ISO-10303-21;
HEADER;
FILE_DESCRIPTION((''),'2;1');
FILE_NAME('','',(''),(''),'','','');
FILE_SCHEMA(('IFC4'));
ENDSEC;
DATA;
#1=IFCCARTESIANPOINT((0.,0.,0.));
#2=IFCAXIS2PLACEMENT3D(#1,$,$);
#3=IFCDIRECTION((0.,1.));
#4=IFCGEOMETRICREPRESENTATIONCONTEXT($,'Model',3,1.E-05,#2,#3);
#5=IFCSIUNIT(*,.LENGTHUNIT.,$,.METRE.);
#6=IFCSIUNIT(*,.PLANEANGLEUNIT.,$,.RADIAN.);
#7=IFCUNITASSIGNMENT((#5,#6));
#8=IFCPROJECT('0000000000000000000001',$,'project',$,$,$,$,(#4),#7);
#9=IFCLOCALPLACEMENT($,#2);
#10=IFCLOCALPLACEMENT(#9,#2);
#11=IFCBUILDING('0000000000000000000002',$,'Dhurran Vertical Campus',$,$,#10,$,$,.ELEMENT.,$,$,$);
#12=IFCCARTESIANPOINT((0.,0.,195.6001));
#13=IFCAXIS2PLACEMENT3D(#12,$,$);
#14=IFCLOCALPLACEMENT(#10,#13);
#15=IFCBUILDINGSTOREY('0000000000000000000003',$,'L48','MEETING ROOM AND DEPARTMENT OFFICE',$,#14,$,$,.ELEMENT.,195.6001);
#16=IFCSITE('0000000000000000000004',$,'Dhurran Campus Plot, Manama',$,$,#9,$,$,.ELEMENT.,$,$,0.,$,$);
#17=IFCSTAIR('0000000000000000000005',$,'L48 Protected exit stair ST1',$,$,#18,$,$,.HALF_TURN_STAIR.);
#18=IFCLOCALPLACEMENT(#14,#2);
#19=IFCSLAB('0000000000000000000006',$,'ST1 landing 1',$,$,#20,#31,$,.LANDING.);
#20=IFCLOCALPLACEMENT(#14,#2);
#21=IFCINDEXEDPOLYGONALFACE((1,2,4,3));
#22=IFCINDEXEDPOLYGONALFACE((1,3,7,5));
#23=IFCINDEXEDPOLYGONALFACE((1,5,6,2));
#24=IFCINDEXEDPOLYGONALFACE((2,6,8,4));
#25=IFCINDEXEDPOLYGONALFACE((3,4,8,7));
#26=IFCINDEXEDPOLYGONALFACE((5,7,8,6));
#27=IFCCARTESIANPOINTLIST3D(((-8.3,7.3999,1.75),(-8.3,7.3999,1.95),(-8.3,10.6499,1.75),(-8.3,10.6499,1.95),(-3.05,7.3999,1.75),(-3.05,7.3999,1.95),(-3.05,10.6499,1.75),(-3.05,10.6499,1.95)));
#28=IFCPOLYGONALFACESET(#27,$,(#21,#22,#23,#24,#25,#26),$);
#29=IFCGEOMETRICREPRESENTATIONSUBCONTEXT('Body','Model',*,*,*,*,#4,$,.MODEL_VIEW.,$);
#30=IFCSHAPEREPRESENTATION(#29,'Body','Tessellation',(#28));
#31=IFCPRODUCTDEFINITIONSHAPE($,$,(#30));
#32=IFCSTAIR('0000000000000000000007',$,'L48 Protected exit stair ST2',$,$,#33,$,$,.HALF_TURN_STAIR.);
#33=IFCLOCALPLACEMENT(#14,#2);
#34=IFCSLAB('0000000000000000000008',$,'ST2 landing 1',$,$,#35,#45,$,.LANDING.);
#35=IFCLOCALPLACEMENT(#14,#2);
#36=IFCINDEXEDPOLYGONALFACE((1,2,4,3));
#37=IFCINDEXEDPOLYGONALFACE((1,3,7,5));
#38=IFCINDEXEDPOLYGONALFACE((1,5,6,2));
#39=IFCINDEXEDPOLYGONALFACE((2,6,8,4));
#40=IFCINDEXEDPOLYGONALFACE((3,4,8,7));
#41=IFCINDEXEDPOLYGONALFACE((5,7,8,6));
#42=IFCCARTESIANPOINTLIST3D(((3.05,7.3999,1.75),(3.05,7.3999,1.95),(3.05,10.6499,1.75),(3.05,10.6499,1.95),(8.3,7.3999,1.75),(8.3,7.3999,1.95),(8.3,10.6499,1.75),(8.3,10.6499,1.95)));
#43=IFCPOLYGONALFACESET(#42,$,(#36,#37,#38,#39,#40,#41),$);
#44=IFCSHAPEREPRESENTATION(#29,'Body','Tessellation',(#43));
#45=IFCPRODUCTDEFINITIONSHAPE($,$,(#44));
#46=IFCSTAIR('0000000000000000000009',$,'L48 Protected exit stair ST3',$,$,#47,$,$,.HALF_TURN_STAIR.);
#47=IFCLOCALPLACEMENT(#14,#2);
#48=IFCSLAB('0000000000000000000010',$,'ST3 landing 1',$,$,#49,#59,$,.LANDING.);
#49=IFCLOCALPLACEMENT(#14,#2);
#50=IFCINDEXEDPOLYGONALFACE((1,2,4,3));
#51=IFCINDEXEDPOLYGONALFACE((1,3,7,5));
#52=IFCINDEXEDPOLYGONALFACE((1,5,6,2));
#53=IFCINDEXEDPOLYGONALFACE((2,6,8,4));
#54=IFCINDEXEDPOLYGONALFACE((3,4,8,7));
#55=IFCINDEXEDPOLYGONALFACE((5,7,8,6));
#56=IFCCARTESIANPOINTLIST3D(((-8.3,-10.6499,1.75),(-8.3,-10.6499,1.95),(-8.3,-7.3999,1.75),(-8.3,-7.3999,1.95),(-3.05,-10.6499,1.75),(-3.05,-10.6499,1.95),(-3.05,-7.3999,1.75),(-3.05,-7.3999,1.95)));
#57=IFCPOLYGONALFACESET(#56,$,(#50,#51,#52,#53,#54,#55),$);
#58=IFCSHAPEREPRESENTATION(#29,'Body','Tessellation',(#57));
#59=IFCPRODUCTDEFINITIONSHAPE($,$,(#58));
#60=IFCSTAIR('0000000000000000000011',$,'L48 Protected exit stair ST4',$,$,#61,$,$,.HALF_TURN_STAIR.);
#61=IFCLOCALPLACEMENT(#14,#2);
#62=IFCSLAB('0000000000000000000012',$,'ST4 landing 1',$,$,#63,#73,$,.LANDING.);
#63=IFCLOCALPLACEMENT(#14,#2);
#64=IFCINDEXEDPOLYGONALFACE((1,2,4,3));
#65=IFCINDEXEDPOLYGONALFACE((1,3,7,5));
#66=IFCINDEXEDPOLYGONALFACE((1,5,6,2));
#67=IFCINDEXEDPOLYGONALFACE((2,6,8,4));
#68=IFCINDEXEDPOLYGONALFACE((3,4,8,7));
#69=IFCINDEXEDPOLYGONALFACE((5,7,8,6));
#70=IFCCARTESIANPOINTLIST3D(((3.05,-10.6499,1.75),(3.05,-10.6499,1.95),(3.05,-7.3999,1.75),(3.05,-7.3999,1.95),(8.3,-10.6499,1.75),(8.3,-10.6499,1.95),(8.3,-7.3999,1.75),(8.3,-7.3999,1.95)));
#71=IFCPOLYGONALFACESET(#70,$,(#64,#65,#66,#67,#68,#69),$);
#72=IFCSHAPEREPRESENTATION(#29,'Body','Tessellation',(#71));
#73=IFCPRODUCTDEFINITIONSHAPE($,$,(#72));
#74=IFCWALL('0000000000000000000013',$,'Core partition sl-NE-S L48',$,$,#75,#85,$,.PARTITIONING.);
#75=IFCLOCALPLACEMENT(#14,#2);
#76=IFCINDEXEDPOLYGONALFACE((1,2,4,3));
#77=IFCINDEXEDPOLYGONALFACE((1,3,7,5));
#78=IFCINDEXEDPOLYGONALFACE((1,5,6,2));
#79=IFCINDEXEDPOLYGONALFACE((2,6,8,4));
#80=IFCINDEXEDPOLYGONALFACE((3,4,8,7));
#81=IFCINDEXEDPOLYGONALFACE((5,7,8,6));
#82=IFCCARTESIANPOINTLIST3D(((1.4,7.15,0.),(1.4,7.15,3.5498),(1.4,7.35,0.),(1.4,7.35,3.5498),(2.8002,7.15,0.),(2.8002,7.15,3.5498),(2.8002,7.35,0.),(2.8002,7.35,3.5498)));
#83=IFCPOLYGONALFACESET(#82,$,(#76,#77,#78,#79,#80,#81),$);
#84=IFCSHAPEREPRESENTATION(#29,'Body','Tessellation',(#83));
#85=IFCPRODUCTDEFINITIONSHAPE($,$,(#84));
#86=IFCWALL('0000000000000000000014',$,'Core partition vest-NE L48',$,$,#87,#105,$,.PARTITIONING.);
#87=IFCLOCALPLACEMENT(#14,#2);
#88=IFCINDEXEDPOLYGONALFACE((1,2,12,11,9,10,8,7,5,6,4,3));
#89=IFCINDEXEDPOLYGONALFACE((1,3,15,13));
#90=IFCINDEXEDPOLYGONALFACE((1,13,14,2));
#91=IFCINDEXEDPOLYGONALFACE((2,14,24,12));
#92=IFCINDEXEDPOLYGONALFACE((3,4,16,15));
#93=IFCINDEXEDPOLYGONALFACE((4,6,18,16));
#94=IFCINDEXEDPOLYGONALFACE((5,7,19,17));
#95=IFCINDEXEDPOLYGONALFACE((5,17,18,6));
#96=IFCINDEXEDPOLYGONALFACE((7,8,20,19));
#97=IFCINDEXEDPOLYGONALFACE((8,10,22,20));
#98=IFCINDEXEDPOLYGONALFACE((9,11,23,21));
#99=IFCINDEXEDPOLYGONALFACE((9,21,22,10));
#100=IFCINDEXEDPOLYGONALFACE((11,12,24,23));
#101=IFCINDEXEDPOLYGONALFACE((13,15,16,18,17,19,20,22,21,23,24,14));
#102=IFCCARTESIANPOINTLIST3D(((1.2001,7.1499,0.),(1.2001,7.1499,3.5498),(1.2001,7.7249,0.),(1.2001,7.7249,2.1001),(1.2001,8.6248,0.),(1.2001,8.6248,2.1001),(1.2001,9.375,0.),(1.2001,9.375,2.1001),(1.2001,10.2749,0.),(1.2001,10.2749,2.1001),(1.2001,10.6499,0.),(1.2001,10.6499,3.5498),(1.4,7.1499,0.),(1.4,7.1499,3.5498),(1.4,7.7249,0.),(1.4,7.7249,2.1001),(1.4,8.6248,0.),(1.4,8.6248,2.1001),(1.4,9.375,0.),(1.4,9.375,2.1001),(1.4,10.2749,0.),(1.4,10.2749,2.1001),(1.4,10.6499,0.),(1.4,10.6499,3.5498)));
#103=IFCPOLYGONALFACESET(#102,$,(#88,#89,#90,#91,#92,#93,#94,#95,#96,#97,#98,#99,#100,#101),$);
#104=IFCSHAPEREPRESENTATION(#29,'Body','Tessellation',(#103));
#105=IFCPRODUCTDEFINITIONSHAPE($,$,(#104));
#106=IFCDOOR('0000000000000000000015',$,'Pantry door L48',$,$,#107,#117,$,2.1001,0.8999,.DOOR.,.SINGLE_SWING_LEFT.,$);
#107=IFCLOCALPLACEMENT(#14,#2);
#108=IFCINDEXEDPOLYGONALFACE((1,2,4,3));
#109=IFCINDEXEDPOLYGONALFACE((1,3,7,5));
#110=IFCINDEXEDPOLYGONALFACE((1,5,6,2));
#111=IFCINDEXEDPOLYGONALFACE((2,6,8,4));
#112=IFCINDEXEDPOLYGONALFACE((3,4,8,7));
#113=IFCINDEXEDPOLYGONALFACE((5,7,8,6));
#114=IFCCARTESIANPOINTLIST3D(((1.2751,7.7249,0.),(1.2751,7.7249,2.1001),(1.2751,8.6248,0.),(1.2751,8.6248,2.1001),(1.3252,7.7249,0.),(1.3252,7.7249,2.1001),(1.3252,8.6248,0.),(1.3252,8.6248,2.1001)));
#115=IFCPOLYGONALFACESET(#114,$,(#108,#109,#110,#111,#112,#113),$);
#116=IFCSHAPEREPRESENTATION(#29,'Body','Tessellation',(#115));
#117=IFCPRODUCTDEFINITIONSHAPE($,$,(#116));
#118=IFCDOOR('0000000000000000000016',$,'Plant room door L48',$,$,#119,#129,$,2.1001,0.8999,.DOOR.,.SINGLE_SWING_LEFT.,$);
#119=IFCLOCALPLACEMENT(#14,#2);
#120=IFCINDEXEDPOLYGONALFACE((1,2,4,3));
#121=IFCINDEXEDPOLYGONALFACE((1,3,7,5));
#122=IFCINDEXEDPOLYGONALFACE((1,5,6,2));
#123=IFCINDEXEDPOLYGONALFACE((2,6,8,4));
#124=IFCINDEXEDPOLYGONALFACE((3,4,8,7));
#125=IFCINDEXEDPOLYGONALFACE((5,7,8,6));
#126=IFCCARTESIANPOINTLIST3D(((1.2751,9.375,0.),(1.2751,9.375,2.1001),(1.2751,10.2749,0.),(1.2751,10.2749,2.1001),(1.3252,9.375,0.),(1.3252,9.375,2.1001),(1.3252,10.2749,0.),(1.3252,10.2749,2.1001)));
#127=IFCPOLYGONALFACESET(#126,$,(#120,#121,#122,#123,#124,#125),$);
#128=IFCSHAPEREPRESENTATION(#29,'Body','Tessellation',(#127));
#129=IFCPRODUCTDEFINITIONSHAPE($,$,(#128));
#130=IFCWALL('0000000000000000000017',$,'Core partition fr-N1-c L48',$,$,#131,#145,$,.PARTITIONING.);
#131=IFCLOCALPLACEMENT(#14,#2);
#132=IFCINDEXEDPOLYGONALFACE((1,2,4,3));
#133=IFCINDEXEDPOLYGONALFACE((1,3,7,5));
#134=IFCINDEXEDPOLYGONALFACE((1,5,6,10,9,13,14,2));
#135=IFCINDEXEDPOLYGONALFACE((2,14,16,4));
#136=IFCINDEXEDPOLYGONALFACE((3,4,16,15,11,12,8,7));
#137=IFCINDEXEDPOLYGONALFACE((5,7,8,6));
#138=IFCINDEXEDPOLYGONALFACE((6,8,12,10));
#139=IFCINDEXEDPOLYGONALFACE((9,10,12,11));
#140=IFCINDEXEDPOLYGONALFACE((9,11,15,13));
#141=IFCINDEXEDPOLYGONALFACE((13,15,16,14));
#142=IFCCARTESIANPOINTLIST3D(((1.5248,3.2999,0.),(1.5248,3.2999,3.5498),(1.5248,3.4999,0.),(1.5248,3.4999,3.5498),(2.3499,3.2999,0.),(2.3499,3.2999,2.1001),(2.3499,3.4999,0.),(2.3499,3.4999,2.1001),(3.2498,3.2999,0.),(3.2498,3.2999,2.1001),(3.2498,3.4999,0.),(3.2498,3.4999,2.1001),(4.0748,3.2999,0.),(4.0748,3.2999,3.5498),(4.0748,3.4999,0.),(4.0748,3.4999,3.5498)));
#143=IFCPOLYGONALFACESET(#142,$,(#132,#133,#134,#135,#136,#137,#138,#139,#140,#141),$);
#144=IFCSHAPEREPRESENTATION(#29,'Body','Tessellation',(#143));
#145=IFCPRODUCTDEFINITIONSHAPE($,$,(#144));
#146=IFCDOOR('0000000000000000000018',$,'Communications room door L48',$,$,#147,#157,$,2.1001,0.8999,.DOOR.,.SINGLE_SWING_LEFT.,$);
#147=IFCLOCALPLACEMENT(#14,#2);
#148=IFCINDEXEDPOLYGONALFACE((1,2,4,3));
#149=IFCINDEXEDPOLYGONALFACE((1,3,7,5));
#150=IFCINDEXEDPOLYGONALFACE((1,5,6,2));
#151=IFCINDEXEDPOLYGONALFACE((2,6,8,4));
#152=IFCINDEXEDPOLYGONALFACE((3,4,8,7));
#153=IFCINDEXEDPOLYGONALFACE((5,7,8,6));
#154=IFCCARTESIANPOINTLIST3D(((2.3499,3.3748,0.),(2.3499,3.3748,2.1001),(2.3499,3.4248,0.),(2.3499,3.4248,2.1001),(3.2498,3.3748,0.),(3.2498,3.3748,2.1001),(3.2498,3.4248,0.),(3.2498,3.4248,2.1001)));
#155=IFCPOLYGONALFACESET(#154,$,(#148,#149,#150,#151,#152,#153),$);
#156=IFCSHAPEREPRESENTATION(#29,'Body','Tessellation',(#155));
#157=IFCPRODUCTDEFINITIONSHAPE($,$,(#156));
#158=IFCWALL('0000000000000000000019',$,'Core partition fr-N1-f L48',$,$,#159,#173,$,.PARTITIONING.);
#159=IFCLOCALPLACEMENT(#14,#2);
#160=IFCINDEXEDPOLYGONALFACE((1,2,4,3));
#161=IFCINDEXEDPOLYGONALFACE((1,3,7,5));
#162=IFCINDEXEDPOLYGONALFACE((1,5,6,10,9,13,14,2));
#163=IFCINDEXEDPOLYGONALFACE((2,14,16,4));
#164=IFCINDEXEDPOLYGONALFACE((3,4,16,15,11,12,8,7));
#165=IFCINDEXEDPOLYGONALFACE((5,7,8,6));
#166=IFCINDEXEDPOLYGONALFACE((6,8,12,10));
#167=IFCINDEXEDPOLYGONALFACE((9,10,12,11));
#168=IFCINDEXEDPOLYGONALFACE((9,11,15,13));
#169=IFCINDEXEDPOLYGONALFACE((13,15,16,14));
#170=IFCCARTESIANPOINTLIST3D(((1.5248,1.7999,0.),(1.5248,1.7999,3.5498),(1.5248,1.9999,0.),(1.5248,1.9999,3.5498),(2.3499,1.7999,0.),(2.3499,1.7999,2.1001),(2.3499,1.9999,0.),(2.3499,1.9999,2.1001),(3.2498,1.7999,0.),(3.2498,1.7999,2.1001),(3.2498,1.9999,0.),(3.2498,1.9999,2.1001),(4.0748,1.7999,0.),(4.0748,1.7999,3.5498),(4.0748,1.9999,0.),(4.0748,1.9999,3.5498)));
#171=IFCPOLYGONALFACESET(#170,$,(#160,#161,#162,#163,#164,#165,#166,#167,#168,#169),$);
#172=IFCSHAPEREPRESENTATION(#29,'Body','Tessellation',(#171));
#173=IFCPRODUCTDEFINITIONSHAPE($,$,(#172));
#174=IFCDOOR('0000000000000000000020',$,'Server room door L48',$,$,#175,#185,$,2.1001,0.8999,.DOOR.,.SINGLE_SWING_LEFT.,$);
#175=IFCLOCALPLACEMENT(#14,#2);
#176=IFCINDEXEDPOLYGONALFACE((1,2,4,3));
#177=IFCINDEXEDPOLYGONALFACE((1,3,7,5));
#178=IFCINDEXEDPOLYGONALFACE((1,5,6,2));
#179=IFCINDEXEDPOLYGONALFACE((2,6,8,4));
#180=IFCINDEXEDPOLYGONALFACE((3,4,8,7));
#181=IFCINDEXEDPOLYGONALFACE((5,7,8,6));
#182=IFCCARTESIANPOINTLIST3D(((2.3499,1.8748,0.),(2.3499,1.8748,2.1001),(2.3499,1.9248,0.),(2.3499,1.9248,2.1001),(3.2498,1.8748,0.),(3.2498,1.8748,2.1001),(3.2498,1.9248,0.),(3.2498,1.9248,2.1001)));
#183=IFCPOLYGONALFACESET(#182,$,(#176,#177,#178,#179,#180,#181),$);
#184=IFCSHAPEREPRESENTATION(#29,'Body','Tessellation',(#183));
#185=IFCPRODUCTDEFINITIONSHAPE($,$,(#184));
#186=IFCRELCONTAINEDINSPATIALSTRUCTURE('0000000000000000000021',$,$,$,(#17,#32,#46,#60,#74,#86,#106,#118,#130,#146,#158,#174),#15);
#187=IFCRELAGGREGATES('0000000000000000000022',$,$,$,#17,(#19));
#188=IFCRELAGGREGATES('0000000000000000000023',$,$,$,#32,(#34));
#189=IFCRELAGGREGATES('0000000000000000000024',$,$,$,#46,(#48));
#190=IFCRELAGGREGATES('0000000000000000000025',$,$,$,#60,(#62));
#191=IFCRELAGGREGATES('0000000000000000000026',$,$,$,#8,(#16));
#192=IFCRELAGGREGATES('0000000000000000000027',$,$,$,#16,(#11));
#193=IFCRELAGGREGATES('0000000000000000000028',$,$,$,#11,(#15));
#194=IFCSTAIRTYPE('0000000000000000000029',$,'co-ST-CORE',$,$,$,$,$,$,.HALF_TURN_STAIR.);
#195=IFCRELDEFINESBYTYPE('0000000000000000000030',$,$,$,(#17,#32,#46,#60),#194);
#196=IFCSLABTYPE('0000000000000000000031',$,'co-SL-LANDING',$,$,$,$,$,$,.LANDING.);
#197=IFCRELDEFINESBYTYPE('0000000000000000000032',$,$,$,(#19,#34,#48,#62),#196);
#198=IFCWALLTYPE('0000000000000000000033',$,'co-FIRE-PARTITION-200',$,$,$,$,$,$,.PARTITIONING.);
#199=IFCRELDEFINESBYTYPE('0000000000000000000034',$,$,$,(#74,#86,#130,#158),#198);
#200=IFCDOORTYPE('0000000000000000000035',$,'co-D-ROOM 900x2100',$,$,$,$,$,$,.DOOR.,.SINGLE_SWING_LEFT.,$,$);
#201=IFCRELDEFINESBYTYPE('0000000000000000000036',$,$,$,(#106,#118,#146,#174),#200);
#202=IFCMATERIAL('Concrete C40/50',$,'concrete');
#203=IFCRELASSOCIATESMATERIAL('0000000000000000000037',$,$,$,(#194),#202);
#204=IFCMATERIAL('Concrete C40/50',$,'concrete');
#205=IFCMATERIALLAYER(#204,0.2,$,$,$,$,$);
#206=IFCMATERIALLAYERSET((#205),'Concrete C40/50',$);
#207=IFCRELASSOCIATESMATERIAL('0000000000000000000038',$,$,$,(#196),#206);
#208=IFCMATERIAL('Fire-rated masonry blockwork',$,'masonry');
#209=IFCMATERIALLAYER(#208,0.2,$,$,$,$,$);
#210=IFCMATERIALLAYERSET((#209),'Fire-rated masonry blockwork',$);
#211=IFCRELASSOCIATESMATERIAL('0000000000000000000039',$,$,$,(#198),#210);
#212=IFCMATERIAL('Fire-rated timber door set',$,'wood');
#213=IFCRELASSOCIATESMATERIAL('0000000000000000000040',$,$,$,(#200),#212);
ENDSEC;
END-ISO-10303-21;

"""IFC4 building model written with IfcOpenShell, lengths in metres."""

from ifc_helpers import new_model, si_unit, direction, frame, frame_2d, origin, place, context, subcontext, project, spatial, polyline, rectangle, outline, extrude, material, layer, layer_set, type_object, element, fill, aggregate, save


model = new_model("IFC4")

# Units and contexts
model_context = context("Model", 3, precision=1e-05, world=origin(), true_north=direction((0.0, 1.0)))
body_context = subcontext(model_context, "Body", "Model", "MODEL_VIEW")
ifc_project = project(units=[si_unit("LENGTHUNIT", "METRE"), si_unit("PLANEANGLEUNIT", "RADIAN")], contexts=[model_context])

# Site, building, storey
site_placement = place(None, origin())
site = spatial("IfcSite", under=ifc_project, at=site_placement, Name="Dhurran Campus Plot, Manama", CompositionType="ELEMENT", RefElevation=0.0)
building_placement = place(site_placement, origin())
building = spatial("IfcBuilding", under=site, at=building_placement, Name="Dhurran Vertical Campus", CompositionType="ELEMENT")
storey_placement = place(building_placement, frame((0.0, 0.0, 195.6001)))
storey = spatial("IfcBuildingStorey", under=building, at=storey_placement, Name="L48", Description="MEETING ROOM AND DEPARTMENT OFFICE", CompositionType="ELEMENT", Elevation=195.6001)

# Stairs, slabs
ifc_material_1 = material(Name="Concrete C40/50", Category="concrete")
stair_type = type_object("IfcStairType", Name="co-ST-CORE", PredefinedType="HALF_TURN_STAIR", material=ifc_material_1)
stair_1_placement = place(storey_placement, origin())
stair_1 = element("IfcStair", 1, at=stair_1_placement, inside=storey, type_object=stair_type, Name="L48 Protected exit stair ST1", PredefinedType="HALF_TURN_STAIR")
ifc_material_2 = material(Name="Concrete C40/50", Category="concrete")
ifc_layer_1 = layer(ifc_material_2, 0.2)
ifc_layer_set_1 = layer_set([ifc_layer_1], Name="Concrete C40/50")
slab_type = type_object("IfcSlabType", Name="co-SL-LANDING", PredefinedType="LANDING", material=ifc_layer_set_1)
slab_1_placement = place(storey_placement, frame((0.0, 0.0, 1.75)))
slab_1 = element("IfcSlab", 2, at=slab_1_placement, type_object=slab_type, Name="ST1 landing 1", PredefinedType="LANDING", context=body_context, shape_type="SweptSolid", body=[
    extrude(outline(polyline([(-8.3, 7.3999), (-3.05, 7.3999), (-3.05, 10.6499), (-8.3, 10.6499), (-8.3, 7.3999)])), origin(), (0.0, 0.0, 1.0), 0.2),
])
aggregate(stair_1, [slab_1])
stair_2_placement = place(storey_placement, origin())
stair_2 = element("IfcStair", 3, at=stair_2_placement, inside=storey, type_object=stair_type, Name="L48 Protected exit stair ST2", PredefinedType="HALF_TURN_STAIR")
slab_2_placement = place(storey_placement, frame((0.0, 0.0, 1.75)))
slab_2 = element("IfcSlab", 4, at=slab_2_placement, type_object=slab_type, Name="ST2 landing 1", PredefinedType="LANDING", context=body_context, shape_type="SweptSolid", body=[
    extrude(outline(polyline([(8.3, 10.6499), (3.05, 10.6499), (3.05, 7.3999), (8.3, 7.3999), (8.3, 10.6499)])), origin(), (0.0, 0.0, 1.0), 0.2),
])
aggregate(stair_2, [slab_2])
stair_3_placement = place(storey_placement, origin())
stair_3 = element("IfcStair", 5, at=stair_3_placement, inside=storey, type_object=stair_type, Name="L48 Protected exit stair ST3", PredefinedType="HALF_TURN_STAIR")
slab_3_placement = place(storey_placement, frame((0.0, 0.0, 1.75)))
slab_3 = element("IfcSlab", 6, at=slab_3_placement, type_object=slab_type, Name="ST3 landing 1", PredefinedType="LANDING", context=body_context, shape_type="SweptSolid", body=[
    extrude(outline(polyline([(-8.3, -10.6499), (-3.05, -10.6499), (-3.05, -7.3999), (-8.3, -7.3999), (-8.3, -10.6499)])), origin(), (0.0, 0.0, 1.0), 0.2),
])
aggregate(stair_3, [slab_3])
stair_4_placement = place(storey_placement, origin())
stair_4 = element("IfcStair", 7, at=stair_4_placement, inside=storey, type_object=stair_type, Name="L48 Protected exit stair ST4", PredefinedType="HALF_TURN_STAIR")
slab_4_placement = place(storey_placement, frame((0.0, 0.0, 1.75)))
slab_4 = element("IfcSlab", 8, at=slab_4_placement, type_object=slab_type, Name="ST4 landing 1", PredefinedType="LANDING", context=body_context, shape_type="SweptSolid", body=[
    extrude(outline(polyline([(8.3, -7.3999), (3.05, -7.3999), (3.05, -10.6499), (8.3, -10.6499), (8.3, -7.3999)])), origin(), (0.0, 0.0, 1.0), 0.2),
])
aggregate(stair_4, [slab_4])

# Wall
ifc_material_3 = material(Name="Fire-rated masonry blockwork", Category="masonry")
ifc_layer_2 = layer(ifc_material_3, 0.2)
ifc_layer_set_2 = layer_set([ifc_layer_2], Name="Fire-rated masonry blockwork")
wall_type_1 = type_object("IfcWallType", Name="co-FIRE-PARTITION-200", PredefinedType="PARTITIONING", material=ifc_layer_set_2)
wall_1_placement = place(storey_placement, frame((1.3999, 7.25, 0.0), z_axis=(0.0, 0.0, 1.0), x_axis=(1.0, 0.0, 0.0)))
element("IfcWall", 9, at=wall_1_placement, inside=storey, type_object=wall_type_1, Name="Core partition sl-NE-S L48", PredefinedType="PARTITIONING", context=body_context, shape_type="SweptSolid", body=[
    extrude(rectangle(XDim=1.4001, YDim=0.2, at=frame_2d((0.7002, 0.0))), origin(), (0.0, 0.0, 1.0), 3.5498),
])

# Wall, openings, doors
wall_2_placement = place(storey_placement, frame((1.3, 7.1499, 0.0), z_axis=(0.0, 0.0, 1.0), x_axis=(0.0, 1.0, 0.0)))
wall_2 = element("IfcWall", 10, at=wall_2_placement, inside=storey, type_object=wall_type_1, Name="Core partition vest-NE L48", PredefinedType="PARTITIONING", context=body_context, shape_type="SweptSolid", body=[
    extrude(rectangle(XDim=3.5, YDim=0.2, at=frame_2d((1.75, 0.0))), origin(), (0.0, 0.0, 1.0), 3.5498),
])
opening_1_placement = place(wall_2_placement, frame((0.575, 0.0, 0.0)))
opening_1 = element("IfcOpeningElement", 11, at=opening_1_placement, cuts=wall_2, PredefinedType="OPENING", context=body_context, shape_type="SweptSolid", body=[
    extrude(rectangle(XDim=0.8999, YDim=2.1001, at=frame_2d((0.45, 1.05))), frame((0.0, 0.1099, 0.0), z_axis=(0.0, -1.0, 0.0), x_axis=(1.0, 0.0, 0.0)), (0.0, 0.0, 1.0), 0.22),
])
opening_2_placement = place(wall_2_placement, frame((2.2251, 0.0, 0.0)))
opening_2 = element("IfcOpeningElement", 12, at=opening_2_placement, cuts=wall_2, PredefinedType="OPENING", context=body_context, shape_type="SweptSolid", body=[
    extrude(rectangle(XDim=0.8999, YDim=2.1001, at=frame_2d((0.45, 1.05))), frame((0.0, 0.1099, 0.0), z_axis=(0.0, -1.0, 0.0), x_axis=(1.0, 0.0, 0.0)), (0.0, 0.0, 1.0), 0.22),
])
ifc_material_4 = material(Name="Fire-rated timber door set", Category="wood")
door_type_1 = type_object("IfcDoorType", Name="co-D-ROOM 900x2100", OperationType="SINGLE_SWING_LEFT", PredefinedType="DOOR", material=ifc_material_4)
door_1_placement = place(opening_1_placement, origin())
door_1 = element("IfcDoor", 13, at=door_1_placement, inside=storey, type_object=door_type_1, Name="Pantry door L48", OperationType="SINGLE_SWING_LEFT", OverallHeight=2.1001, OverallWidth=0.8999, PredefinedType="DOOR", context=body_context, shape_type="SweptSolid", body=[
    extrude(rectangle(XDim=0.8999, YDim=2.1001, at=frame_2d((0.45, 1.05))), frame((0.0, 0.0249, 0.0), z_axis=(0.0, -1.0, 0.0), x_axis=(1.0, 0.0, 0.0)), (0.0, 0.0, 1.0), 0.05),
])
fill(opening_1, door_1)
door_2_placement = place(opening_2_placement, origin())
door_2 = element("IfcDoor", 14, at=door_2_placement, inside=storey, type_object=door_type_1, Name="Plant room door L48", OperationType="SINGLE_SWING_LEFT", OverallHeight=2.1001, OverallWidth=0.8999, PredefinedType="DOOR", context=body_context, shape_type="SweptSolid", body=[
    extrude(rectangle(XDim=0.8999, YDim=2.1001, at=frame_2d((0.45, 1.05))), frame((0.0, 0.0249, 0.0), z_axis=(0.0, -1.0, 0.0), x_axis=(1.0, 0.0, 0.0)), (0.0, 0.0, 1.0), 0.05),
])
fill(opening_2, door_2)

# Walls, openings, doors
wall_3_placement = place(storey_placement, frame((1.5249, 3.3999, 0.0), z_axis=(0.0, 0.0, 1.0), x_axis=(1.0, 0.0, 0.0)))
wall_3 = element("IfcWall", 15, at=wall_3_placement, inside=storey, type_object=wall_type_1, Name="Core partition fr-N1-c L48", PredefinedType="PARTITIONING", context=body_context, shape_type="SweptSolid", body=[
    extrude(rectangle(XDim=2.55, YDim=0.2, at=frame_2d((1.2749, 0.0))), origin(), (0.0, 0.0, 1.0), 3.5498),
])
opening_3_placement = place(wall_3_placement, frame((0.825, 0.0, 0.0)))
opening_3 = element("IfcOpeningElement", 16, at=opening_3_placement, cuts=wall_3, PredefinedType="OPENING", context=body_context, shape_type="SweptSolid", body=[
    extrude(rectangle(XDim=0.8999, YDim=2.1001, at=frame_2d((0.45, 1.05))), frame((0.0, 0.1099, 0.0), z_axis=(0.0, -1.0, 0.0), x_axis=(1.0, 0.0, 0.0)), (0.0, 0.0, 1.0), 0.22),
])
door_3_placement = place(opening_3_placement, origin())
door_3 = element("IfcDoor", 17, at=door_3_placement, inside=storey, type_object=door_type_1, Name="Communications room door L48", OperationType="SINGLE_SWING_LEFT", OverallHeight=2.1001, OverallWidth=0.8999, PredefinedType="DOOR", context=body_context, shape_type="SweptSolid", body=[
    extrude(rectangle(XDim=0.8999, YDim=2.1001, at=frame_2d((0.45, 1.05))), frame((0.0, 0.0249, 0.0), z_axis=(0.0, -1.0, 0.0), x_axis=(1.0, 0.0, 0.0)), (0.0, 0.0, 1.0), 0.05),
])
fill(opening_3, door_3)
wall_4_placement = place(storey_placement, frame((1.5249, 1.8999, 0.0), z_axis=(0.0, 0.0, 1.0), x_axis=(1.0, 0.0, 0.0)))
wall_4 = element("IfcWall", 18, at=wall_4_placement, inside=storey, type_object=wall_type_1, Name="Core partition fr-N1-f L48", PredefinedType="PARTITIONING", context=body_context, shape_type="SweptSolid", body=[
    extrude(rectangle(XDim=2.55, YDim=0.2, at=frame_2d((1.2749, 0.0))), origin(), (0.0, 0.0, 1.0), 3.5498),
])
opening_4_placement = place(wall_4_placement, frame((0.825, 0.0, 0.0)))
opening_4 = element("IfcOpeningElement", 19, at=opening_4_placement, cuts=wall_4, PredefinedType="OPENING", context=body_context, shape_type="SweptSolid", body=[
    extrude(rectangle(XDim=0.8999, YDim=2.1001, at=frame_2d((0.45, 1.05))), frame((0.0, 0.1099, 0.0), z_axis=(0.0, -1.0, 0.0), x_axis=(1.0, 0.0, 0.0)), (0.0, 0.0, 1.0), 0.22),
])
door_4_placement = place(opening_4_placement, origin())
door_4 = element("IfcDoor", 20, at=door_4_placement, inside=storey, type_object=door_type_1, Name="Server room door L48", OperationType="SINGLE_SWING_LEFT", OverallHeight=2.1001, OverallWidth=0.8999, PredefinedType="DOOR", context=body_context, shape_type="SweptSolid", body=[
    extrude(rectangle(XDim=0.8999, YDim=2.1001, at=frame_2d((0.45, 1.05))), frame((0.0, 0.0249, 0.0), z_axis=(0.0, -1.0, 0.0), x_axis=(1.0, 0.0, 0.0)), (0.0, 0.0, 1.0), 0.05),
])
fill(opening_4, door_4)

save(model, "model.ifc")
